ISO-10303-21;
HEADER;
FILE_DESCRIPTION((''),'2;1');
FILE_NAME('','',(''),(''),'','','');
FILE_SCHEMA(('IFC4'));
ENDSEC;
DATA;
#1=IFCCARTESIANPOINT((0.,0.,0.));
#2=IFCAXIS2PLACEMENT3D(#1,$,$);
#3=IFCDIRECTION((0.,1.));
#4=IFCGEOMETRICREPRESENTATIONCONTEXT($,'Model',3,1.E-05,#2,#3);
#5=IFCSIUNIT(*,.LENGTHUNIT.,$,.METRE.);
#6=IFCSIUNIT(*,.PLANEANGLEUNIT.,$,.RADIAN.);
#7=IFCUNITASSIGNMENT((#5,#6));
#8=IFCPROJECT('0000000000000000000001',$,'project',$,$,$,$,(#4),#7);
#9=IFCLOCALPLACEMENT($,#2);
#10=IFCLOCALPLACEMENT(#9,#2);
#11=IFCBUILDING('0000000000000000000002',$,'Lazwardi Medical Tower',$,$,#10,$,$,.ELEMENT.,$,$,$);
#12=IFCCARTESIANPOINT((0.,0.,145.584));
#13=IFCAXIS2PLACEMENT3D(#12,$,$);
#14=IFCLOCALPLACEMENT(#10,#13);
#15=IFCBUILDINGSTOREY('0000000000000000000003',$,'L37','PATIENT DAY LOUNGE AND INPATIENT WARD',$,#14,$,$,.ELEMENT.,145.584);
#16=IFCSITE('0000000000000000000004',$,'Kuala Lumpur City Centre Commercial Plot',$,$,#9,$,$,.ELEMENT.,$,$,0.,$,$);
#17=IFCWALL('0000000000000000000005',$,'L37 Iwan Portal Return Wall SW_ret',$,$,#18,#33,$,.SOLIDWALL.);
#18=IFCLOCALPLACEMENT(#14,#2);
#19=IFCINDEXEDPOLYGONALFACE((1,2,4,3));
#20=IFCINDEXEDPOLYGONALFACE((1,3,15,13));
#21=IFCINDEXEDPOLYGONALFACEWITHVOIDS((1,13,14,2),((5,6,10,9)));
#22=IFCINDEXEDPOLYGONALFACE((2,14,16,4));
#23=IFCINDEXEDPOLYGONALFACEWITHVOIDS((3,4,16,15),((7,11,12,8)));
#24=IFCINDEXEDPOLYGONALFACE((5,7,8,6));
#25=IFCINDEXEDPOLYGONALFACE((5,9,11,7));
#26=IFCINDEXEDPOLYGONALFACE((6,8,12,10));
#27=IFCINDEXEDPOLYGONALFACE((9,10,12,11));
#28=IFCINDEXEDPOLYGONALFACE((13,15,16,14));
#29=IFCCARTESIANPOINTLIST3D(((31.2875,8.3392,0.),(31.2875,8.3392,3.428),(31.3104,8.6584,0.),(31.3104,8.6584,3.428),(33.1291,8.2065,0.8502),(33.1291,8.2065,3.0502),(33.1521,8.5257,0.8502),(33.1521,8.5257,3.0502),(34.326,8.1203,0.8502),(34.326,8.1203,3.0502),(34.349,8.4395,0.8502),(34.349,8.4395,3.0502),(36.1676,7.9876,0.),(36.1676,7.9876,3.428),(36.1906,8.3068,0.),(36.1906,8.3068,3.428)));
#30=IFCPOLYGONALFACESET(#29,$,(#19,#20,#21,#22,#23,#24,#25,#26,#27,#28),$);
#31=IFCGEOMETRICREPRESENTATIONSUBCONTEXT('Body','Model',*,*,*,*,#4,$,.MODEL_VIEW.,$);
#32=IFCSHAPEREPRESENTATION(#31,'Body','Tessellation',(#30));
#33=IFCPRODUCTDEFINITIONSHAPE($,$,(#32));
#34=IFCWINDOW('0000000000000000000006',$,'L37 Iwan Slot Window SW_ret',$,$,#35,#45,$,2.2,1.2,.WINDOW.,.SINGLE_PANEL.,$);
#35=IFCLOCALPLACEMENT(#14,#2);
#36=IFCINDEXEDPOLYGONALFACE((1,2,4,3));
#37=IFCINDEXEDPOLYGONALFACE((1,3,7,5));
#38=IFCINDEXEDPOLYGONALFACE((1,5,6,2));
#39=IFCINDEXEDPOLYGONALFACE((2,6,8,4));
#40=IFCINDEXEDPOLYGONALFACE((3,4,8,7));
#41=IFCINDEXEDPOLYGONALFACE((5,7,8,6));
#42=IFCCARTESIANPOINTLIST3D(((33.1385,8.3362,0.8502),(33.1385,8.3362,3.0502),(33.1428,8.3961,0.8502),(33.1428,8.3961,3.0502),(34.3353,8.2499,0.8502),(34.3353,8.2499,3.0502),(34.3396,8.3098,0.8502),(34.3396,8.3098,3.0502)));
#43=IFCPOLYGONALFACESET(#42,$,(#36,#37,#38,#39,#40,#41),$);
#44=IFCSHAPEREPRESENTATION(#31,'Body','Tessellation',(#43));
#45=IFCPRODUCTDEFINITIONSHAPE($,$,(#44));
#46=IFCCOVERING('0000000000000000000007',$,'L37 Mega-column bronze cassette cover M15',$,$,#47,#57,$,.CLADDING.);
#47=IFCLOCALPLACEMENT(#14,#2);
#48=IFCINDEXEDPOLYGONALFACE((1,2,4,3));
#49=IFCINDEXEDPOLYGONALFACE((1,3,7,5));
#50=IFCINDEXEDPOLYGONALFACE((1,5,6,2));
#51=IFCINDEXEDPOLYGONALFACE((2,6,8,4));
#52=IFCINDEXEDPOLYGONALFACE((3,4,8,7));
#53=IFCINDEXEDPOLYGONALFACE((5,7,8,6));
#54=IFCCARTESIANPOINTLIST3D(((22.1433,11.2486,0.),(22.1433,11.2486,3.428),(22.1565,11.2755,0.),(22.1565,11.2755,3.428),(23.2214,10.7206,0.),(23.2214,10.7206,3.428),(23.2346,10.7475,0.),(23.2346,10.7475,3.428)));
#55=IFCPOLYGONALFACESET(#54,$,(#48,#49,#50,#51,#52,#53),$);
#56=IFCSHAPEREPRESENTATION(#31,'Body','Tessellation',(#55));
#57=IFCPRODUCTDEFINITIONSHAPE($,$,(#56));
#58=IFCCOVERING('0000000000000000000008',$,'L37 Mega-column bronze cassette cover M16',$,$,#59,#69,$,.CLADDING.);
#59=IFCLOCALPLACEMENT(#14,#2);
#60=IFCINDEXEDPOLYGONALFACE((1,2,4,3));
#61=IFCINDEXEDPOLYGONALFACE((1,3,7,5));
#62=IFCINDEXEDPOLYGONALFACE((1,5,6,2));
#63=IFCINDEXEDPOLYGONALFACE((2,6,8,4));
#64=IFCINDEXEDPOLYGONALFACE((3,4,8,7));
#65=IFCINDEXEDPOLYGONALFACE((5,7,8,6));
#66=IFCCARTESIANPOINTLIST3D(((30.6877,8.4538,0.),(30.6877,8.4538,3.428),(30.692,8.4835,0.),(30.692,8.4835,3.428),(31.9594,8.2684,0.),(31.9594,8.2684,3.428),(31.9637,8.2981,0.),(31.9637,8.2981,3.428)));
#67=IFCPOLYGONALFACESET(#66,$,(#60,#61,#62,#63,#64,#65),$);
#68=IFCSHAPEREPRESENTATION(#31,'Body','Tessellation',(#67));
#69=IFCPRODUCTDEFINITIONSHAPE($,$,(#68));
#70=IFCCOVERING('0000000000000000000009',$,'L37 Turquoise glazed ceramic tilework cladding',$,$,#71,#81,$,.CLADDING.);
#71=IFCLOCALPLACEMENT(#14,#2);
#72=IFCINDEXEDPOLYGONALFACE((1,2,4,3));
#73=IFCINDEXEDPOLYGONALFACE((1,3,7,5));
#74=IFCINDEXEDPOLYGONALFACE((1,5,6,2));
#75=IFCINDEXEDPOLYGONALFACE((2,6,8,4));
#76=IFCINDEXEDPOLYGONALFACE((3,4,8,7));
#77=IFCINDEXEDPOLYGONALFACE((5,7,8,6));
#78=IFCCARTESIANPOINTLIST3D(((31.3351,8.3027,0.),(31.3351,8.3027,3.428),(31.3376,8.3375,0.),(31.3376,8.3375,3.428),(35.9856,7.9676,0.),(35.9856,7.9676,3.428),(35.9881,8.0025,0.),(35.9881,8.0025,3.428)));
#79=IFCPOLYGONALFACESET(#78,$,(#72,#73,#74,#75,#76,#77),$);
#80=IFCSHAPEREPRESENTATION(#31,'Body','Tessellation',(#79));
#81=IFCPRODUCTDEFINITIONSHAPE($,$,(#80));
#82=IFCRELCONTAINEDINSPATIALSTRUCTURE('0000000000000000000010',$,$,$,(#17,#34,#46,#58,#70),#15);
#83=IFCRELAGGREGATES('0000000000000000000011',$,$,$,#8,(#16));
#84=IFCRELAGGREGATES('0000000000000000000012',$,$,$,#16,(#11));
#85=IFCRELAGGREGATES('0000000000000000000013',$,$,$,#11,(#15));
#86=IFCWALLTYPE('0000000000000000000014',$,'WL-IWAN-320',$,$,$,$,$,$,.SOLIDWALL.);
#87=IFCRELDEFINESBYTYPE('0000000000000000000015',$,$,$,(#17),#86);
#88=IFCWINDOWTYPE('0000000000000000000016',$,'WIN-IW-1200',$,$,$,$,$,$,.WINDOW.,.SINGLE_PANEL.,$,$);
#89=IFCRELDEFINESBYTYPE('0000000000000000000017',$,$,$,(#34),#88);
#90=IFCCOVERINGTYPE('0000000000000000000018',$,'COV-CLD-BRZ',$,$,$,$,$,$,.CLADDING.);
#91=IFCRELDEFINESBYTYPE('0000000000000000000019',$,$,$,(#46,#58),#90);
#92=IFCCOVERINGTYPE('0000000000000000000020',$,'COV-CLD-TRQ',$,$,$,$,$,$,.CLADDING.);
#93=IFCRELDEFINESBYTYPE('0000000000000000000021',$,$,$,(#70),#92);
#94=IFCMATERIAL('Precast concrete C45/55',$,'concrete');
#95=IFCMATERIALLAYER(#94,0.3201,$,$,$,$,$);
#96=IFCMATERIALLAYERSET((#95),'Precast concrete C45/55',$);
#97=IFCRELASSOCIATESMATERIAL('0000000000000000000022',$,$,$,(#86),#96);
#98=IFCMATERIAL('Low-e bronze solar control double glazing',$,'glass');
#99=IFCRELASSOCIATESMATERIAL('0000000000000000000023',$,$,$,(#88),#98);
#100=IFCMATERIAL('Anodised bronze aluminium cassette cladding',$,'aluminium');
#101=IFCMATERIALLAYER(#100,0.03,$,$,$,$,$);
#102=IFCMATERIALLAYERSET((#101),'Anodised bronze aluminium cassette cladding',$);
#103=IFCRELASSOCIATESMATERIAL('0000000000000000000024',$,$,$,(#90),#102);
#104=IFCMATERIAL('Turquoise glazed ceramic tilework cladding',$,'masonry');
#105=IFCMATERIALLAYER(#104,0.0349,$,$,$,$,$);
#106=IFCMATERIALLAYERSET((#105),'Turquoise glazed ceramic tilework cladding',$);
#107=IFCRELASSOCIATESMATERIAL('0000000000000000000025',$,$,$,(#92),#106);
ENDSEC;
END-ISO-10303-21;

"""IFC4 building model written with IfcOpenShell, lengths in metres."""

from ifc_helpers import new_model, si_unit, direction, frame, frame_2d, origin, origin_2d, place, context, subcontext, project, spatial, rectangle, extrude, material, layer, layer_set, type_object, element, fill, save


model = new_model("IFC4")

# Units and contexts
model_context = context("Model", 3, precision=1e-05, world=origin(), true_north=direction((0.0, 1.0)))
body_context = subcontext(model_context, "Body", "Model", "MODEL_VIEW")
ifc_project = project(units=[si_unit("LENGTHUNIT", "METRE"), si_unit("PLANEANGLEUNIT", "RADIAN")], contexts=[model_context])

# Site, building, storey
site_placement = place(None, origin())
site = spatial("IfcSite", under=ifc_project, at=site_placement, Name="Kuala Lumpur City Centre Commercial Plot", CompositionType="ELEMENT", RefElevation=0.0)
building_placement = place(site_placement, origin())
building = spatial("IfcBuilding", under=site, at=building_placement, Name="Lazwardi Medical Tower", CompositionType="ELEMENT")
storey_placement = place(building_placement, frame((0.0, 0.0, 145.584)))
storey = spatial("IfcBuildingStorey", under=building, at=storey_placement, Name="L37", Description="PATIENT DAY LOUNGE AND INPATIENT WARD", CompositionType="ELEMENT", Elevation=145.584)

# Shared definitions
ifc_material_1 = material(Name="Low-e bronze solar control double glazing", Category="glass")

# Wall, opening, window
ifc_material_2 = material(Name="Precast concrete C45/55", Category="concrete")
ifc_layer_1 = layer(ifc_material_2, 0.3201)
ifc_layer_set_1 = layer_set([ifc_layer_1], Name="Precast concrete C45/55")
wall_type = type_object("IfcWallType", Name="WL-IWAN-320", PredefinedType="SOLIDWALL", material=ifc_layer_set_1)
wall_placement = place(storey_placement, frame((31.2991, 8.4988, 0.0), z_axis=(0.0, 0.0, 1.0), x_axis=(0.997415, -0.071853, 0.0)))
wall = element("IfcWall", 1, at=wall_placement, inside=storey, type_object=wall_type, Name="L37 Iwan Portal Return Wall SW_ret", PredefinedType="SOLIDWALL", context=body_context, shape_type="SweptSolid", body=[
    extrude(rectangle(XDim=4.8928, YDim=0.3201, at=frame_2d((2.4463, 0.0))), origin(), (0.0, 0.0, 1.0), 3.428),
])
opening_placement = place(wall_placement, frame((1.8462, 0.0, 0.8501)))
opening = element("IfcOpeningElement", 2, at=opening_placement, cuts=wall, PredefinedType="OPENING", context=body_context, shape_type="SweptSolid", body=[
    extrude(rectangle(XDim=1.2, YDim=2.2, at=frame_2d((0.6001, 1.1001))), frame((0.0, 0.1699, 0.0), z_axis=(0.0, -1.0, 0.0), x_axis=(1.0, 0.0, 0.0)), (0.0, 0.0, 1.0), 0.3401),
])
window_type = type_object("IfcWindowType", Name="WIN-IW-1200", PartitioningType="SINGLE_PANEL", PredefinedType="WINDOW", material=ifc_material_1)
window_placement = place(opening_placement, origin())
window = element("IfcWindow", 3, at=window_placement, inside=storey, type_object=window_type, Name="L37 Iwan Slot Window SW_ret", OverallHeight=2.2, OverallWidth=1.2, PartitioningType="SINGLE_PANEL", PredefinedType="WINDOW", context=body_context, shape_type="SweptSolid", body=[
    extrude(rectangle(XDim=1.2, YDim=2.2, at=frame_2d((0.6001, 1.1001))), frame((0.0, 0.03, 0.0), z_axis=(0.0, -1.0, 0.0), x_axis=(1.0, 0.0, 0.0)), (0.0, 0.0, 1.0), 0.0601),
])
fill(opening, window)

# Coverings
ifc_material_3 = material(Name="Anodised bronze aluminium cassette cladding", Category="aluminium")
ifc_layer_2 = layer(ifc_material_3, 0.03)
ifc_layer_set_2 = layer_set([ifc_layer_2], Name="Anodised bronze aluminium cassette cladding")
covering_type_1 = type_object("IfcCoveringType", Name="COV-CLD-BRZ", PredefinedType="CLADDING", material=ifc_layer_set_2)
covering_1_placement = place(storey_placement, frame((22.689, 10.998, 0.0), z_axis=(0.0, 0.0, 1.0), x_axis=(0.898079, -0.439834, 0.0)))
element("IfcCovering", 4, at=covering_1_placement, inside=storey, type_object=covering_type_1, Name="L37 Mega-column bronze cassette cover M15", PredefinedType="CLADDING", context=body_context, shape_type="SweptSolid", body=[
    extrude(rectangle(XDim=1.2004, YDim=0.03, at=origin_2d()), origin(), (0.0, 0.0, 1.0), 3.428),
])
covering_2_placement = place(storey_placement, frame((31.3257, 8.376, 0.0), z_axis=(0.0, 0.0, 1.0), x_axis=(0.989539, -0.144265, 0.0)))
element("IfcCovering", 5, at=covering_2_placement, inside=storey, type_object=covering_type_1, Name="L37 Mega-column bronze cassette cover M16", PredefinedType="CLADDING", context=body_context, shape_type="SweptSolid", body=[
    extrude(rectangle(XDim=1.2852, YDim=0.03, at=origin_2d()), origin(), (0.0, 0.0, 1.0), 3.428),
])
ifc_material_4 = material(Name="Turquoise glazed ceramic tilework cladding", Category="masonry")
ifc_layer_3 = layer(ifc_material_4, 0.0349)
ifc_layer_set_3 = layer_set([ifc_layer_3], Name="Turquoise glazed ceramic tilework cladding")
covering_type_2 = type_object("IfcCoveringType", Name="COV-CLD-TRQ", PredefinedType="CLADDING", material=ifc_layer_set_3)
covering_3_placement = place(storey_placement, frame((33.6616, 8.1526, 0.0), z_axis=(0.0, 0.0, 1.0), x_axis=(0.997414, -0.071868, 0.0)))
element("IfcCovering", 6, at=covering_3_placement, inside=storey, type_object=covering_type_2, Name="L37 Turquoise glazed ceramic tilework cladding", PredefinedType="CLADDING", context=body_context, shape_type="SweptSolid", body=[
    extrude(rectangle(XDim=4.6626, YDim=0.0349, at=origin_2d()), origin(), (0.0, 0.0, 1.0), 3.428),
])

save(model, "model.ifc")
